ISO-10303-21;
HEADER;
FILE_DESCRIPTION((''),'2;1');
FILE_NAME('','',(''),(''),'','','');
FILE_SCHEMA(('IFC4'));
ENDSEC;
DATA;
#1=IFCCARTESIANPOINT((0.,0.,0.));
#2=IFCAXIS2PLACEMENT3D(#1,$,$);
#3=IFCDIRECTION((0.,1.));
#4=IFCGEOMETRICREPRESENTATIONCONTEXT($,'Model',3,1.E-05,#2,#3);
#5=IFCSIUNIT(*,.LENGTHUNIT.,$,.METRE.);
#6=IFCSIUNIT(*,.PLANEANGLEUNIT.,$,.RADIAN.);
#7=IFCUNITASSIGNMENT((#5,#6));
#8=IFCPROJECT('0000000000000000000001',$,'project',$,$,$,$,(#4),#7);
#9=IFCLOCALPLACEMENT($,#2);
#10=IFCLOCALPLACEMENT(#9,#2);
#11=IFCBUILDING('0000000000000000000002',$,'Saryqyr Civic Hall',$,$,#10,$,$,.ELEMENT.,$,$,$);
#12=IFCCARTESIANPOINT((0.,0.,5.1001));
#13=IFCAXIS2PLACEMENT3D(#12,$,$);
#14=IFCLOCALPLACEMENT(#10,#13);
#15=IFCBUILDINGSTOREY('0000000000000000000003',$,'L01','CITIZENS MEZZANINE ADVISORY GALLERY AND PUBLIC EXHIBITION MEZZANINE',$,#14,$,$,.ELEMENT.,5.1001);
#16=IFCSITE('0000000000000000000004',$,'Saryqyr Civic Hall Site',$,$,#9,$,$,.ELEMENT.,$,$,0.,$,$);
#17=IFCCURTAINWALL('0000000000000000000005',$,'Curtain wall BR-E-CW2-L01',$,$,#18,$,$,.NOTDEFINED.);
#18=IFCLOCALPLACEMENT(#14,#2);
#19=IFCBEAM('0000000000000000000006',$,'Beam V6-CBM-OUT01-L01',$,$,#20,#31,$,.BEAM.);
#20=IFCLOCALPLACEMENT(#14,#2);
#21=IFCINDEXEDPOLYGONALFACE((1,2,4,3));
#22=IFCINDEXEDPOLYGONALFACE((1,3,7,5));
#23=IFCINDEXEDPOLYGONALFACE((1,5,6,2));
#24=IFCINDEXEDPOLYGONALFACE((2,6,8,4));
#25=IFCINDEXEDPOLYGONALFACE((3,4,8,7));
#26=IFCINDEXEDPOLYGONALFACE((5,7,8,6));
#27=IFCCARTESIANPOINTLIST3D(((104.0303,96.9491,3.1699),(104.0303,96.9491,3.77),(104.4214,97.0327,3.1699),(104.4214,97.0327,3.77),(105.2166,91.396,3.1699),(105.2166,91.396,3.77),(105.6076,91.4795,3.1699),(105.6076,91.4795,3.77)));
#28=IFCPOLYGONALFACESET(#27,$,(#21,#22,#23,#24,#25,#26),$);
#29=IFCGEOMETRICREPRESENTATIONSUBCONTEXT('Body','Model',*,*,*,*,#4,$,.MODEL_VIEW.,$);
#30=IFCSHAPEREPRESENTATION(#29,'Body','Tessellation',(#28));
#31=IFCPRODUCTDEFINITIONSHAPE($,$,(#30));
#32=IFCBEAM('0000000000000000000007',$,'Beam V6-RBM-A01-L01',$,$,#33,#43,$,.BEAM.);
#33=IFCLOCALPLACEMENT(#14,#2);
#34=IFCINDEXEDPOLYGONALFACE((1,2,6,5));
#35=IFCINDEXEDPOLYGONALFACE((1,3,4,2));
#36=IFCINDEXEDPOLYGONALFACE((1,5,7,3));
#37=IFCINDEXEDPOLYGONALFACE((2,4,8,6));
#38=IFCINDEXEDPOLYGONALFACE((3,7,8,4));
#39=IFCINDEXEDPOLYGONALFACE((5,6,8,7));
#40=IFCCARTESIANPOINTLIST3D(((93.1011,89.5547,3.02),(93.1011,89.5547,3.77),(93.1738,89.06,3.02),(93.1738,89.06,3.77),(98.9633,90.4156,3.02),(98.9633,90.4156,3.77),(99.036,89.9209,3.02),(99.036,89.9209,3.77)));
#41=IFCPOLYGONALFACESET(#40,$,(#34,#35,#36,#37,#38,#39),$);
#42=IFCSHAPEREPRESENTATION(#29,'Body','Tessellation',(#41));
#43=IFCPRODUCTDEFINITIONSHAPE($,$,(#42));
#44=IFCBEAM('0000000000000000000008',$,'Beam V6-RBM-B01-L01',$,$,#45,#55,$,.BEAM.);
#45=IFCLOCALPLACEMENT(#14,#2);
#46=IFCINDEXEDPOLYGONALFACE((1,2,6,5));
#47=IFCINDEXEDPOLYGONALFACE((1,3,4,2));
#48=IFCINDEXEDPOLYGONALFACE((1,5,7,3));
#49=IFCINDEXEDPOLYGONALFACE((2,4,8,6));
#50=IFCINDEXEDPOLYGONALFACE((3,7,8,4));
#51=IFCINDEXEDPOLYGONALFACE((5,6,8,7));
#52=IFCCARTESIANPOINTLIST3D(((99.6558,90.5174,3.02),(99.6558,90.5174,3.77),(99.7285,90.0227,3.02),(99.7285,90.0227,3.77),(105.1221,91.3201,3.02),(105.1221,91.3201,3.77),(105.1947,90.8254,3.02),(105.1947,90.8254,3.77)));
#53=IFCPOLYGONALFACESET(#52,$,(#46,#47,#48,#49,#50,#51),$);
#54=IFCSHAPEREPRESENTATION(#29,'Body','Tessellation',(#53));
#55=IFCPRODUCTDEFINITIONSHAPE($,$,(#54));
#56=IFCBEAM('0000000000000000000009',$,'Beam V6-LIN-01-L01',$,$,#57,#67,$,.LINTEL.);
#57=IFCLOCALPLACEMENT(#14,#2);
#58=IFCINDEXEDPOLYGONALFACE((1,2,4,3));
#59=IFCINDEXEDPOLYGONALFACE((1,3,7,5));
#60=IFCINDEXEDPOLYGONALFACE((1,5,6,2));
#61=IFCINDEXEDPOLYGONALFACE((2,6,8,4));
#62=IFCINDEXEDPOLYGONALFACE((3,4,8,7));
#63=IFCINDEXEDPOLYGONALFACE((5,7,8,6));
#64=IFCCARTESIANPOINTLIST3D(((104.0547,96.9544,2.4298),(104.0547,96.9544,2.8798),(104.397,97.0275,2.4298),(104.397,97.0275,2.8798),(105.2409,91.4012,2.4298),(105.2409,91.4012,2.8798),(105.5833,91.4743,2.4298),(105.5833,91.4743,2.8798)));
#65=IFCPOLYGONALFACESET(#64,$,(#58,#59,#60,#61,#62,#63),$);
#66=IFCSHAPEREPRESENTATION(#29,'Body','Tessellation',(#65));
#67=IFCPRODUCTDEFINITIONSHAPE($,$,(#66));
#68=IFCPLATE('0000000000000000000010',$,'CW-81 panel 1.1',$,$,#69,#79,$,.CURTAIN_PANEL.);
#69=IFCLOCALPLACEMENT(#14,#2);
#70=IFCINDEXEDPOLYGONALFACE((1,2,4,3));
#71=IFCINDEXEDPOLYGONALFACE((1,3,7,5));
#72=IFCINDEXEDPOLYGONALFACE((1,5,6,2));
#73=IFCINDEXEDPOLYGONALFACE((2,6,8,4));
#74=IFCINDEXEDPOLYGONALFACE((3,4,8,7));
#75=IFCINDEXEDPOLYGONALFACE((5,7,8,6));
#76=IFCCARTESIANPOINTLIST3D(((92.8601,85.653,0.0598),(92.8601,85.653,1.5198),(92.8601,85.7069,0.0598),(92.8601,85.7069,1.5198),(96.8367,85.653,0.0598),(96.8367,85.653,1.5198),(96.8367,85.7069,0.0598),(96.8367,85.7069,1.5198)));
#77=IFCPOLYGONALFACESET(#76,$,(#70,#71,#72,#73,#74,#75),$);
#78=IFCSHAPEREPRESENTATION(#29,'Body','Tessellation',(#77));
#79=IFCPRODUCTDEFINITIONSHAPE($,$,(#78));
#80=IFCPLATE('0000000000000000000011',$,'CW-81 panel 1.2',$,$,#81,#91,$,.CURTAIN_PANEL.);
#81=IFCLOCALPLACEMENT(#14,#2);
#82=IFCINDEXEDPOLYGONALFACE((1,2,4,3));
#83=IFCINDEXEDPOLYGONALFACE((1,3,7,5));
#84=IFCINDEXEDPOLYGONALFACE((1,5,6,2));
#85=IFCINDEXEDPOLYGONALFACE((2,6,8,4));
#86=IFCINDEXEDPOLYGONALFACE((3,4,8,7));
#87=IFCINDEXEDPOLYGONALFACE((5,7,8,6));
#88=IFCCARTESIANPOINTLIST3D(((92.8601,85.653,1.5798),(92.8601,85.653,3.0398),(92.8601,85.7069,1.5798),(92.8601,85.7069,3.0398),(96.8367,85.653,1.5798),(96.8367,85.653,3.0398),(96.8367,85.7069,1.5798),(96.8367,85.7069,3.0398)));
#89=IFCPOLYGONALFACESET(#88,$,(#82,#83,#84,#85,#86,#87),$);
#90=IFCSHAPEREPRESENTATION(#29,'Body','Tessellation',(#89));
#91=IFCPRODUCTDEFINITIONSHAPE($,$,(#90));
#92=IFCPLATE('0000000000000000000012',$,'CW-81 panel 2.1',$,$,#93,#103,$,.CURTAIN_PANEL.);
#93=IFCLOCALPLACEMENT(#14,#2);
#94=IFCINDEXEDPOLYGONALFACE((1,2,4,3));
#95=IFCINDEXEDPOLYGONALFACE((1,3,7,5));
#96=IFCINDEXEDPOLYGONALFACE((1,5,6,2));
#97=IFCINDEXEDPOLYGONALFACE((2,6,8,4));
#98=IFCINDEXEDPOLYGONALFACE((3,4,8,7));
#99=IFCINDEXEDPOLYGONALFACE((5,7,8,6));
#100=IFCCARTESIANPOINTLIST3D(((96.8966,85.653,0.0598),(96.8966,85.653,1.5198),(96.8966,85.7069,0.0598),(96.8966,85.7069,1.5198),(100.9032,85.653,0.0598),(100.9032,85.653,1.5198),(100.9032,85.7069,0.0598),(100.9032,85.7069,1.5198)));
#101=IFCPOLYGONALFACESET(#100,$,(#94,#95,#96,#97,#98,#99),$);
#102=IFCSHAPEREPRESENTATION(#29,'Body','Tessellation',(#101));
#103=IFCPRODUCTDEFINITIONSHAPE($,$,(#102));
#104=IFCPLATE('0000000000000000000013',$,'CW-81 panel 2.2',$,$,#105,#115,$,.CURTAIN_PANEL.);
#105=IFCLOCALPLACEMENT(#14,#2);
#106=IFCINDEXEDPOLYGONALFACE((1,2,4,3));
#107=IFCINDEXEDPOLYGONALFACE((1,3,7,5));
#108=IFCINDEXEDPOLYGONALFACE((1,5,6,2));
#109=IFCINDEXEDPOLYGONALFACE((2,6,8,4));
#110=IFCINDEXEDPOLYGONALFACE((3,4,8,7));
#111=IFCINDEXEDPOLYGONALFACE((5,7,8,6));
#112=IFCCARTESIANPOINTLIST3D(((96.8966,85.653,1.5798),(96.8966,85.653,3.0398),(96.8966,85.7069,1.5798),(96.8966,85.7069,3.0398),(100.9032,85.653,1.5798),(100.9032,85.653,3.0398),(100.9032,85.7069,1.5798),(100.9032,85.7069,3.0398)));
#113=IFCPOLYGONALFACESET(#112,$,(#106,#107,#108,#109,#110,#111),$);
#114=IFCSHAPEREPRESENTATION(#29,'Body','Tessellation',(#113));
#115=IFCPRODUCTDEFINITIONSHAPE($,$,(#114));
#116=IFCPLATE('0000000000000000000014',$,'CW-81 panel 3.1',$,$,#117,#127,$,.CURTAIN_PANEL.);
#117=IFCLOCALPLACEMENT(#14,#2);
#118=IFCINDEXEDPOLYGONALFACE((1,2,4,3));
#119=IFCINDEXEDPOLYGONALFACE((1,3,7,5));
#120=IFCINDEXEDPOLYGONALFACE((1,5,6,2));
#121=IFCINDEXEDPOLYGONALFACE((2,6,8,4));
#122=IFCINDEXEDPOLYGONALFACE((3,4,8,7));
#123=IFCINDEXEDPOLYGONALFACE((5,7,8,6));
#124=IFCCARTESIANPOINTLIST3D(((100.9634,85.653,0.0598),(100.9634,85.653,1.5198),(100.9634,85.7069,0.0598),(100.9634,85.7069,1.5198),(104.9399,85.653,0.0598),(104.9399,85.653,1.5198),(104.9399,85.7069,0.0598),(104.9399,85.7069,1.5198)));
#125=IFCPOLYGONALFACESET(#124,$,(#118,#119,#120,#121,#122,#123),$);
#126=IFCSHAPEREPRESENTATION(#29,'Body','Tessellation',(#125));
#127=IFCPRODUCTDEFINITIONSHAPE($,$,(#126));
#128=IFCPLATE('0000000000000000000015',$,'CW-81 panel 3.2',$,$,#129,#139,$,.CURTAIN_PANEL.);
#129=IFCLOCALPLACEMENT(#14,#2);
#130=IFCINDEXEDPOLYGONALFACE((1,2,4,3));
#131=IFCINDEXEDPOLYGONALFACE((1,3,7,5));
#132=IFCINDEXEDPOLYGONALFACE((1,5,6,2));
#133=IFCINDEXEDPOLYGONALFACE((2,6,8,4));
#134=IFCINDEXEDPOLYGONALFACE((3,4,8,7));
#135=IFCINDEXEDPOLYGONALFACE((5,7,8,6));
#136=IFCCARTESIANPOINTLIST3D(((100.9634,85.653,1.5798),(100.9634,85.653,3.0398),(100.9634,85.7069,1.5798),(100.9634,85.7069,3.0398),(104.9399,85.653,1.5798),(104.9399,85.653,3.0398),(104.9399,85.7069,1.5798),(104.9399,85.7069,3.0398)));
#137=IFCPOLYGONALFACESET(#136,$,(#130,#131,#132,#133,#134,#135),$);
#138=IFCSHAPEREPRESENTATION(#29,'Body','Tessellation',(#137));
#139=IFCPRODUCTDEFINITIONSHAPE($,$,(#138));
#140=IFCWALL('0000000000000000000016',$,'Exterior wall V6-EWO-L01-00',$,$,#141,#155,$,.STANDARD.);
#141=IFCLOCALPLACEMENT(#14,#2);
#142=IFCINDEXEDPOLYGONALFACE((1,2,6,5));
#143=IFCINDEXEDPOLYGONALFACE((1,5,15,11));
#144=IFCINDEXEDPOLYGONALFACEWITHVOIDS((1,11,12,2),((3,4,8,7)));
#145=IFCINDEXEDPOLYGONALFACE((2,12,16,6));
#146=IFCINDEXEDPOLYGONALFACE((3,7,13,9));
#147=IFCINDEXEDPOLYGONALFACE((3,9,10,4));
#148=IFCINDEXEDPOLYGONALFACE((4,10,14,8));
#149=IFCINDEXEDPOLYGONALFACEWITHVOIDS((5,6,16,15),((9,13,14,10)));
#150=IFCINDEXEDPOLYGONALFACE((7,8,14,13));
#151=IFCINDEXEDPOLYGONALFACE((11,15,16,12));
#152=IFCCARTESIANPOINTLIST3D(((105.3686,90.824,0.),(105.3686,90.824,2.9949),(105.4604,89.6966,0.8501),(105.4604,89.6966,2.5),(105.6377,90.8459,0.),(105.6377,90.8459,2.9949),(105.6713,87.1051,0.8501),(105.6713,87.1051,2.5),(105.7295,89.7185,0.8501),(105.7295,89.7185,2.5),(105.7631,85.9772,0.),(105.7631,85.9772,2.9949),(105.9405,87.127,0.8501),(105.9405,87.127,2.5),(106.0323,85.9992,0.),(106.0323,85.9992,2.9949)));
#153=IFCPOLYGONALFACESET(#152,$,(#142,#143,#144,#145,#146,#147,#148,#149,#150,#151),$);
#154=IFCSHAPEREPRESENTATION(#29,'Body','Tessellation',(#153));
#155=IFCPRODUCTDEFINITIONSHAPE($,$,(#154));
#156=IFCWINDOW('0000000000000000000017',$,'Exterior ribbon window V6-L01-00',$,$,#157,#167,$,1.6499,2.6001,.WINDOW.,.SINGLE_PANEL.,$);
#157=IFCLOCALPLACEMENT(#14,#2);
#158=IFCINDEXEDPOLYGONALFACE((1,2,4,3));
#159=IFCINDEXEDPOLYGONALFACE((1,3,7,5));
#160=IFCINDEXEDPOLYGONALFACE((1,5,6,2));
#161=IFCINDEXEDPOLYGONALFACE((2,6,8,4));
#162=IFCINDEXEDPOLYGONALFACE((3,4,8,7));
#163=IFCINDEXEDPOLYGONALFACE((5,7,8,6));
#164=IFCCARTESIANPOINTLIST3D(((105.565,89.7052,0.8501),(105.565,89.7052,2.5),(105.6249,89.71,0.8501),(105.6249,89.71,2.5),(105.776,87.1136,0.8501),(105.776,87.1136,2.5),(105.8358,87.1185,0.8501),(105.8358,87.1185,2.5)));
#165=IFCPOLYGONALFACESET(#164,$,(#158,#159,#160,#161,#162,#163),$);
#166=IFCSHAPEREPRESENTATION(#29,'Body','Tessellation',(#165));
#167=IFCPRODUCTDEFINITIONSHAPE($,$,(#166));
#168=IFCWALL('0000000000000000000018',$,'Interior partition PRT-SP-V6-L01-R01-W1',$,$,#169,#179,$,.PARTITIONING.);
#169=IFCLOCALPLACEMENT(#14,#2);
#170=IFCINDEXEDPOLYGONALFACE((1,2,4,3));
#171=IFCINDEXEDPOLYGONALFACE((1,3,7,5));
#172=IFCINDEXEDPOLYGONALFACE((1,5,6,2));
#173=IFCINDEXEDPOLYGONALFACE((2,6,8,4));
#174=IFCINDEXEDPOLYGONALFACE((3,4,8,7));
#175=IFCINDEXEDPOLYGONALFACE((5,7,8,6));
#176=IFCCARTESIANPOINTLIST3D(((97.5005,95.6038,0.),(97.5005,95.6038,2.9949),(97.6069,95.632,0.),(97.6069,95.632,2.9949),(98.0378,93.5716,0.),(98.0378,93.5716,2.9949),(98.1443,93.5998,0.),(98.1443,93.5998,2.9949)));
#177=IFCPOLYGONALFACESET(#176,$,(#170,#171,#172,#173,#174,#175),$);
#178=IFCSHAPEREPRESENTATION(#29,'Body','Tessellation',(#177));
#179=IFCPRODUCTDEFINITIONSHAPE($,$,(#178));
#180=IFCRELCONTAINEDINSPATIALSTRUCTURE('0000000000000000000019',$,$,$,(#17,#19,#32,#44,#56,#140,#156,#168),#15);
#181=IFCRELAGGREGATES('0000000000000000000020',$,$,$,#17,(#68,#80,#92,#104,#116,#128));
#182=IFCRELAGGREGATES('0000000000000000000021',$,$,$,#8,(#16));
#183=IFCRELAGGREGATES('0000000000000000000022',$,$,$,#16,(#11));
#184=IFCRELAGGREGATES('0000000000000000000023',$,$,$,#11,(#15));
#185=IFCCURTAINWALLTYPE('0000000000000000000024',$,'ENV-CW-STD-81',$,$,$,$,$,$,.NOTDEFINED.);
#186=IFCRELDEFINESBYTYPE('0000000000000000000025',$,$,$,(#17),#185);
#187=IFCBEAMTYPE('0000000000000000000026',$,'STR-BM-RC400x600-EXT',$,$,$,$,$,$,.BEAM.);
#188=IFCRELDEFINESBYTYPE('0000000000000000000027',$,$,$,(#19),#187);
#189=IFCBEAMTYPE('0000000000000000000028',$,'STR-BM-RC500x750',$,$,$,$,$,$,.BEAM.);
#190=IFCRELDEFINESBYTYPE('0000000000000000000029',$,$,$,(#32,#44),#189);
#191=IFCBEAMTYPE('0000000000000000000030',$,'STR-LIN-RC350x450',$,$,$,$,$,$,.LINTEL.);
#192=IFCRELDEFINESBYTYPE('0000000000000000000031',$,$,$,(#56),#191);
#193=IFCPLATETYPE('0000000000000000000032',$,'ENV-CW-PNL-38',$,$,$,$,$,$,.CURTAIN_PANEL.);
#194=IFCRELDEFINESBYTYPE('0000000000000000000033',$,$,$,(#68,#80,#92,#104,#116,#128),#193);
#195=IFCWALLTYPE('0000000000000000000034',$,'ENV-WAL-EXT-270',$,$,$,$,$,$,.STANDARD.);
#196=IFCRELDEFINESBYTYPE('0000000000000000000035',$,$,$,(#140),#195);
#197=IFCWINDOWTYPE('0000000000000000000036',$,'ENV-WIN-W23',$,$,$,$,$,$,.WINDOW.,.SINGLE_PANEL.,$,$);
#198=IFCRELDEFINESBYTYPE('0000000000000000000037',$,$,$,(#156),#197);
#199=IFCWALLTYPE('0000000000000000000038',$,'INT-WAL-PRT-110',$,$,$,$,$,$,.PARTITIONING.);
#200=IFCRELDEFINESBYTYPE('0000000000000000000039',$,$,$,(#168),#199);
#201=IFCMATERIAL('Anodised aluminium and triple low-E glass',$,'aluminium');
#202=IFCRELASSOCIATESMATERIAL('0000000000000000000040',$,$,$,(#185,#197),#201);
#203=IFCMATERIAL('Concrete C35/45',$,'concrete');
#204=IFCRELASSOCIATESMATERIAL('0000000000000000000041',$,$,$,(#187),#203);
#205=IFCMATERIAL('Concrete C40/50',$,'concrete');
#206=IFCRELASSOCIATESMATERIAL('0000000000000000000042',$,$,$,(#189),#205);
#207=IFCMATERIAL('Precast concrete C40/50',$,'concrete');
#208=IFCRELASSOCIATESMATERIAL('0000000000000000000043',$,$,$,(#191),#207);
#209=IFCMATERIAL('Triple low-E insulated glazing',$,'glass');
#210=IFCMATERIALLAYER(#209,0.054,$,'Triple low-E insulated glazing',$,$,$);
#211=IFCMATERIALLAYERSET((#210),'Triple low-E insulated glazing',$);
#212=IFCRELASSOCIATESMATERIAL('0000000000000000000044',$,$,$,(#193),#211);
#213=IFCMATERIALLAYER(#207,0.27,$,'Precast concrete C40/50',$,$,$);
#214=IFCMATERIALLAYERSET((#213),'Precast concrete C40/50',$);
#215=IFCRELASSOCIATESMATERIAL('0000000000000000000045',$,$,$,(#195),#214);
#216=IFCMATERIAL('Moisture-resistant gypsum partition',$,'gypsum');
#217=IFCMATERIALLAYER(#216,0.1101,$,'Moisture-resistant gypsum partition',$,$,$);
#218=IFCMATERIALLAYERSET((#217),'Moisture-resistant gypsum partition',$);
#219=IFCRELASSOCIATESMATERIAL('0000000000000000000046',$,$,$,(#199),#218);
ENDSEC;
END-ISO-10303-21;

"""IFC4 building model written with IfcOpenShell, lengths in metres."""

from ifc_helpers import new_model, si_unit, direction, frame, frame_2d, origin, origin_2d, place, context, subcontext, project, spatial, rectangle, extrude, material, layer, layer_set, material_profile, profile_set, type_object, element, fill, aggregate, save


model = new_model("IFC4")

# Units and contexts
model_context = context("Model", 3, precision=1e-05, world=origin(), true_north=direction((0.0, 1.0)))
body_context = subcontext(model_context, "Body", "Model", "MODEL_VIEW")
ifc_project = project(units=[si_unit("LENGTHUNIT", "METRE"), si_unit("PLANEANGLEUNIT", "RADIAN")], contexts=[model_context])

# Site, building, storey
site_placement = place(None, origin())
site = spatial("IfcSite", under=ifc_project, at=site_placement, Name="Saryqyr Civic Hall Site", CompositionType="ELEMENT", RefElevation=0.0)
building_placement = place(site_placement, origin())
building = spatial("IfcBuilding", under=site, at=building_placement, Name="Saryqyr Civic Hall", CompositionType="ELEMENT")
storey_placement = place(building_placement, frame((0.0, 0.0, 5.1001)))
storey = spatial("IfcBuildingStorey", under=building, at=storey_placement, Name="L01", Description="CITIZENS MEZZANINE ADVISORY GALLERY AND PUBLIC EXHIBITION MEZZANINE", CompositionType="ELEMENT", Elevation=5.1001)

# Shared definitions
ifc_material_1 = material(Name="Concrete C40/50", Category="concrete")

# Curtain wall
ifc_material_2 = material(Name="Anodised aluminium and triple low-E glass", Category="aluminium")
curtain_wall_type = type_object("IfcCurtainWallType", Name="ENV-CW-STD-81", PredefinedType="NOTDEFINED", material=ifc_material_2)
curtain_wall_placement = place(storey_placement, origin())
curtain_wall = element("IfcCurtainWall", 1, at=curtain_wall_placement, inside=storey, type_object=curtain_wall_type, Name="Curtain wall BR-E-CW2-L01", PredefinedType="NOTDEFINED")

# Beams
ifc_material_3 = material(Name="Concrete C35/45", Category="concrete")
ifc_material_profile_1 = material_profile(ifc_material_3, rectangle(XDim=0.3999, YDim=0.6001, at=origin_2d()), Name="RC 400x600")
ifc_profile_set_1 = profile_set([ifc_material_profile_1], Name="Concrete C35/45")
beam_type_1 = type_object("IfcBeamType", Name="STR-BM-RC400x600-EXT", PredefinedType="BEAM", material=ifc_profile_set_1)
beam_1_placement = place(storey_placement, frame((105.4121, 91.4377, 3.47), z_axis=(-0.208907, 0.977936, 0.0), x_axis=(-0.977936, -0.208907, 0.0)))
element("IfcBeam", 2, at=beam_1_placement, inside=storey, type_object=beam_type_1, Name="Beam V6-CBM-OUT01-L01", PredefinedType="BEAM", context=body_context, shape_type="SweptSolid", body=[
    extrude(rectangle(XDim=0.3999, YDim=0.6001, at=origin_2d()), origin(), (0.0, 0.0, 1.0), 5.6785),
])
ifc_material_profile_2 = material_profile(ifc_material_1, rectangle(XDim=0.5, YDim=0.75, at=origin_2d()), Name="RC 500x750")
ifc_profile_set_2 = profile_set([ifc_material_profile_2], Name="Concrete C40/50")
beam_type_2 = type_object("IfcBeamType", Name="STR-BM-RC500x750", PredefinedType="BEAM", material=ifc_profile_set_2)
beam_2_placement = place(storey_placement, frame((93.1375, 89.3074, 3.395), z_axis=(0.989389, 0.145291, 0.0), x_axis=(-0.145291, 0.989389, 0.0)))
element("IfcBeam", 3, at=beam_2_placement, inside=storey, type_object=beam_type_2, Name="Beam V6-RBM-A01-L01", PredefinedType="BEAM", context=body_context, shape_type="SweptSolid", body=[
    extrude(rectangle(XDim=0.5, YDim=0.75, at=origin_2d()), origin(), (0.0, 0.0, 1.0), 5.925),
])
beam_3_placement = place(storey_placement, frame((99.6921, 90.27, 3.395), z_axis=(0.989389, 0.145293, 0.0), x_axis=(-0.145293, 0.989389, 0.0)))
element("IfcBeam", 4, at=beam_3_placement, inside=storey, type_object=beam_type_2, Name="Beam V6-RBM-B01-L01", PredefinedType="BEAM", context=body_context, shape_type="SweptSolid", body=[
    extrude(rectangle(XDim=0.5, YDim=0.75, at=origin_2d()), origin(), (0.0, 0.0, 1.0), 5.5249),
])
ifc_material_4 = material(Name="Precast concrete C40/50", Category="concrete")
ifc_material_profile_3 = material_profile(ifc_material_4, rectangle(XDim=0.3501, YDim=0.45, at=origin_2d()), Name="RC 350x450")
ifc_profile_set_3 = profile_set([ifc_material_profile_3], Name="Precast concrete C40/50")
beam_type_3 = type_object("IfcBeamType", Name="STR-LIN-RC350x450", PredefinedType="LINTEL", material=ifc_profile_set_3)
beam_4_placement = place(storey_placement, frame((105.4121, 91.4377, 2.6548), z_axis=(-0.208907, 0.977936, 0.0), x_axis=(-0.977936, -0.208907, 0.0)))
element("IfcBeam", 5, at=beam_4_placement, inside=storey, type_object=beam_type_3, Name="Beam V6-LIN-01-L01", PredefinedType="LINTEL", context=body_context, shape_type="SweptSolid", body=[
    extrude(rectangle(XDim=0.3501, YDim=0.45, at=origin_2d()), origin(), (0.0, 0.0, 1.0), 5.6785),
])

# Plates
ifc_material_5 = material(Name="Triple low-E insulated glazing", Category="glass")
ifc_layer_1 = layer(ifc_material_5, 0.054, Name="Triple low-E insulated glazing")
ifc_layer_set_1 = layer_set([ifc_layer_1], Name="Triple low-E insulated glazing")
plate_type = type_object("IfcPlateType", Name="ENV-CW-PNL-38", PredefinedType="CURTAIN_PANEL", material=ifc_layer_set_1)
plate_1_placement = place(storey_placement, frame((94.8484, 85.6799, 0.0598), z_axis=(0.0, 0.0, 1.0), x_axis=(1.0, 0.0, 0.0)))
plate_1 = element("IfcPlate", 6, at=plate_1_placement, type_object=plate_type, Name="CW-81 panel 1.1", PredefinedType="CURTAIN_PANEL", context=body_context, shape_type="SweptSolid", body=[
    extrude(rectangle(XDim=3.9766, YDim=0.054, at=origin_2d()), origin(), (0.0, 0.0, 1.0), 1.46),
])
plate_2_placement = place(storey_placement, frame((94.8484, 85.6799, 1.5798), z_axis=(0.0, 0.0, 1.0), x_axis=(1.0, 0.0, 0.0)))
plate_2 = element("IfcPlate", 7, at=plate_2_placement, type_object=plate_type, Name="CW-81 panel 1.2", PredefinedType="CURTAIN_PANEL", context=body_context, shape_type="SweptSolid", body=[
    extrude(rectangle(XDim=3.9766, YDim=0.054, at=origin_2d()), origin(), (0.0, 0.0, 1.0), 1.46),
])
plate_3_placement = place(storey_placement, frame((98.8999, 85.6799, 0.0598), z_axis=(0.0, 0.0, 1.0), x_axis=(1.0, 0.0, 0.0)))
plate_3 = element("IfcPlate", 8, at=plate_3_placement, type_object=plate_type, Name="CW-81 panel 2.1", PredefinedType="CURTAIN_PANEL", context=body_context, shape_type="SweptSolid", body=[
    extrude(rectangle(XDim=4.0066, YDim=0.054, at=origin_2d()), origin(), (0.0, 0.0, 1.0), 1.46),
])
plate_4_placement = place(storey_placement, frame((98.8999, 85.6799, 1.5798), z_axis=(0.0, 0.0, 1.0), x_axis=(1.0, 0.0, 0.0)))
plate_4 = element("IfcPlate", 9, at=plate_4_placement, type_object=plate_type, Name="CW-81 panel 2.2", PredefinedType="CURTAIN_PANEL", context=body_context, shape_type="SweptSolid", body=[
    extrude(rectangle(XDim=4.0066, YDim=0.054, at=origin_2d()), origin(), (0.0, 0.0, 1.0), 1.46),
])
plate_5_placement = place(storey_placement, frame((102.9517, 85.6799, 0.0598), z_axis=(0.0, 0.0, 1.0), x_axis=(1.0, 0.0, 0.0)))
plate_5 = element("IfcPlate", 10, at=plate_5_placement, type_object=plate_type, Name="CW-81 panel 3.1", PredefinedType="CURTAIN_PANEL", context=body_context, shape_type="SweptSolid", body=[
    extrude(rectangle(XDim=3.9766, YDim=0.054, at=origin_2d()), origin(), (0.0, 0.0, 1.0), 1.46),
])
plate_6_placement = place(storey_placement, frame((102.9517, 85.6799, 1.5798), z_axis=(0.0, 0.0, 1.0), x_axis=(1.0, 0.0, 0.0)))
plate_6 = element("IfcPlate", 11, at=plate_6_placement, type_object=plate_type, Name="CW-81 panel 3.2", PredefinedType="CURTAIN_PANEL", context=body_context, shape_type="SweptSolid", body=[
    extrude(rectangle(XDim=3.9766, YDim=0.054, at=origin_2d()), origin(), (0.0, 0.0, 1.0), 1.46),
])
aggregate(curtain_wall, [plate_1, plate_2, plate_3, plate_4, plate_5, plate_6])

# Wall, opening, window
ifc_layer_2 = layer(ifc_material_4, 0.27, Name="Precast concrete C40/50")
ifc_layer_set_2 = layer_set([ifc_layer_2], Name="Precast concrete C40/50")
wall_type_1 = type_object("IfcWallType", Name="ENV-WAL-EXT-270", PredefinedType="STANDARD", material=ifc_layer_set_2)
wall_1_placement = place(storey_placement, frame((105.5032, 90.835, 0.0), z_axis=(0.0, 0.0, 1.0), x_axis=(0.081134, -0.996703, 0.0)))
wall_1 = element("IfcWall", 12, at=wall_1_placement, inside=storey, type_object=wall_type_1, Name="Exterior wall V6-EWO-L01-00", PredefinedType="STANDARD", context=body_context, shape_type="SweptSolid", body=[
    extrude(rectangle(XDim=4.8628, YDim=0.27, at=frame_2d((2.4314, 0.0))), origin(), (0.0, 0.0, 1.0), 2.9949),
])
opening_placement = place(wall_1_placement, frame((1.1311, 0.0, 0.8501)))
opening = element("IfcOpeningElement", 13, at=opening_placement, cuts=wall_1, PredefinedType="OPENING", context=body_context, shape_type="SweptSolid", body=[
    extrude(rectangle(XDim=2.6001, YDim=1.6499, at=frame_2d((1.3, 0.825))), frame((0.0, 0.145, 0.0), z_axis=(0.0, -1.0, 0.0), x_axis=(1.0, 0.0, 0.0)), (0.0, 0.0, 1.0), 0.29),
])
window_type = type_object("IfcWindowType", Name="ENV-WIN-W23", PartitioningType="SINGLE_PANEL", PredefinedType="WINDOW", material=ifc_material_2)
window_placement = place(opening_placement, origin())
window = element("IfcWindow", 14, at=window_placement, inside=storey, type_object=window_type, Name="Exterior ribbon window V6-L01-00", OverallHeight=1.6499, OverallWidth=2.6001, PartitioningType="SINGLE_PANEL", PredefinedType="WINDOW", context=body_context, shape_type="SweptSolid", body=[
    extrude(rectangle(XDim=2.6001, YDim=1.6499, at=frame_2d((1.3, 0.825))), frame((0.0, 0.03, 0.0), z_axis=(0.0, -1.0, 0.0), x_axis=(1.0, 0.0, 0.0)), (0.0, 0.0, 1.0), 0.0601),
])
fill(opening, window)

# Wall
ifc_material_6 = material(Name="Moisture-resistant gypsum partition", Category="gypsum")
ifc_layer_3 = layer(ifc_material_6, 0.1101, Name="Moisture-resistant gypsum partition")
ifc_layer_set_3 = layer_set([ifc_layer_3], Name="Moisture-resistant gypsum partition")
wall_type_2 = type_object("IfcWallType", Name="INT-WAL-PRT-110", PredefinedType="PARTITIONING", material=ifc_layer_set_3)
wall_2_placement = place(storey_placement, frame((98.0911, 93.5857, 0.0), z_axis=(0.0, 0.0, 1.0), x_axis=(-0.255631, 0.966774, 0.0)))
element("IfcWall", 15, at=wall_2_placement, inside=storey, type_object=wall_type_2, Name="Interior partition PRT-SP-V6-L01-R01-W1", PredefinedType="PARTITIONING", context=body_context, shape_type="SweptSolid", body=[
    extrude(rectangle(XDim=2.1021, YDim=0.1101, at=frame_2d((1.051, 0.0))), origin(), (0.0, 0.0, 1.0), 2.9949),
])

save(model, "model.ifc")
